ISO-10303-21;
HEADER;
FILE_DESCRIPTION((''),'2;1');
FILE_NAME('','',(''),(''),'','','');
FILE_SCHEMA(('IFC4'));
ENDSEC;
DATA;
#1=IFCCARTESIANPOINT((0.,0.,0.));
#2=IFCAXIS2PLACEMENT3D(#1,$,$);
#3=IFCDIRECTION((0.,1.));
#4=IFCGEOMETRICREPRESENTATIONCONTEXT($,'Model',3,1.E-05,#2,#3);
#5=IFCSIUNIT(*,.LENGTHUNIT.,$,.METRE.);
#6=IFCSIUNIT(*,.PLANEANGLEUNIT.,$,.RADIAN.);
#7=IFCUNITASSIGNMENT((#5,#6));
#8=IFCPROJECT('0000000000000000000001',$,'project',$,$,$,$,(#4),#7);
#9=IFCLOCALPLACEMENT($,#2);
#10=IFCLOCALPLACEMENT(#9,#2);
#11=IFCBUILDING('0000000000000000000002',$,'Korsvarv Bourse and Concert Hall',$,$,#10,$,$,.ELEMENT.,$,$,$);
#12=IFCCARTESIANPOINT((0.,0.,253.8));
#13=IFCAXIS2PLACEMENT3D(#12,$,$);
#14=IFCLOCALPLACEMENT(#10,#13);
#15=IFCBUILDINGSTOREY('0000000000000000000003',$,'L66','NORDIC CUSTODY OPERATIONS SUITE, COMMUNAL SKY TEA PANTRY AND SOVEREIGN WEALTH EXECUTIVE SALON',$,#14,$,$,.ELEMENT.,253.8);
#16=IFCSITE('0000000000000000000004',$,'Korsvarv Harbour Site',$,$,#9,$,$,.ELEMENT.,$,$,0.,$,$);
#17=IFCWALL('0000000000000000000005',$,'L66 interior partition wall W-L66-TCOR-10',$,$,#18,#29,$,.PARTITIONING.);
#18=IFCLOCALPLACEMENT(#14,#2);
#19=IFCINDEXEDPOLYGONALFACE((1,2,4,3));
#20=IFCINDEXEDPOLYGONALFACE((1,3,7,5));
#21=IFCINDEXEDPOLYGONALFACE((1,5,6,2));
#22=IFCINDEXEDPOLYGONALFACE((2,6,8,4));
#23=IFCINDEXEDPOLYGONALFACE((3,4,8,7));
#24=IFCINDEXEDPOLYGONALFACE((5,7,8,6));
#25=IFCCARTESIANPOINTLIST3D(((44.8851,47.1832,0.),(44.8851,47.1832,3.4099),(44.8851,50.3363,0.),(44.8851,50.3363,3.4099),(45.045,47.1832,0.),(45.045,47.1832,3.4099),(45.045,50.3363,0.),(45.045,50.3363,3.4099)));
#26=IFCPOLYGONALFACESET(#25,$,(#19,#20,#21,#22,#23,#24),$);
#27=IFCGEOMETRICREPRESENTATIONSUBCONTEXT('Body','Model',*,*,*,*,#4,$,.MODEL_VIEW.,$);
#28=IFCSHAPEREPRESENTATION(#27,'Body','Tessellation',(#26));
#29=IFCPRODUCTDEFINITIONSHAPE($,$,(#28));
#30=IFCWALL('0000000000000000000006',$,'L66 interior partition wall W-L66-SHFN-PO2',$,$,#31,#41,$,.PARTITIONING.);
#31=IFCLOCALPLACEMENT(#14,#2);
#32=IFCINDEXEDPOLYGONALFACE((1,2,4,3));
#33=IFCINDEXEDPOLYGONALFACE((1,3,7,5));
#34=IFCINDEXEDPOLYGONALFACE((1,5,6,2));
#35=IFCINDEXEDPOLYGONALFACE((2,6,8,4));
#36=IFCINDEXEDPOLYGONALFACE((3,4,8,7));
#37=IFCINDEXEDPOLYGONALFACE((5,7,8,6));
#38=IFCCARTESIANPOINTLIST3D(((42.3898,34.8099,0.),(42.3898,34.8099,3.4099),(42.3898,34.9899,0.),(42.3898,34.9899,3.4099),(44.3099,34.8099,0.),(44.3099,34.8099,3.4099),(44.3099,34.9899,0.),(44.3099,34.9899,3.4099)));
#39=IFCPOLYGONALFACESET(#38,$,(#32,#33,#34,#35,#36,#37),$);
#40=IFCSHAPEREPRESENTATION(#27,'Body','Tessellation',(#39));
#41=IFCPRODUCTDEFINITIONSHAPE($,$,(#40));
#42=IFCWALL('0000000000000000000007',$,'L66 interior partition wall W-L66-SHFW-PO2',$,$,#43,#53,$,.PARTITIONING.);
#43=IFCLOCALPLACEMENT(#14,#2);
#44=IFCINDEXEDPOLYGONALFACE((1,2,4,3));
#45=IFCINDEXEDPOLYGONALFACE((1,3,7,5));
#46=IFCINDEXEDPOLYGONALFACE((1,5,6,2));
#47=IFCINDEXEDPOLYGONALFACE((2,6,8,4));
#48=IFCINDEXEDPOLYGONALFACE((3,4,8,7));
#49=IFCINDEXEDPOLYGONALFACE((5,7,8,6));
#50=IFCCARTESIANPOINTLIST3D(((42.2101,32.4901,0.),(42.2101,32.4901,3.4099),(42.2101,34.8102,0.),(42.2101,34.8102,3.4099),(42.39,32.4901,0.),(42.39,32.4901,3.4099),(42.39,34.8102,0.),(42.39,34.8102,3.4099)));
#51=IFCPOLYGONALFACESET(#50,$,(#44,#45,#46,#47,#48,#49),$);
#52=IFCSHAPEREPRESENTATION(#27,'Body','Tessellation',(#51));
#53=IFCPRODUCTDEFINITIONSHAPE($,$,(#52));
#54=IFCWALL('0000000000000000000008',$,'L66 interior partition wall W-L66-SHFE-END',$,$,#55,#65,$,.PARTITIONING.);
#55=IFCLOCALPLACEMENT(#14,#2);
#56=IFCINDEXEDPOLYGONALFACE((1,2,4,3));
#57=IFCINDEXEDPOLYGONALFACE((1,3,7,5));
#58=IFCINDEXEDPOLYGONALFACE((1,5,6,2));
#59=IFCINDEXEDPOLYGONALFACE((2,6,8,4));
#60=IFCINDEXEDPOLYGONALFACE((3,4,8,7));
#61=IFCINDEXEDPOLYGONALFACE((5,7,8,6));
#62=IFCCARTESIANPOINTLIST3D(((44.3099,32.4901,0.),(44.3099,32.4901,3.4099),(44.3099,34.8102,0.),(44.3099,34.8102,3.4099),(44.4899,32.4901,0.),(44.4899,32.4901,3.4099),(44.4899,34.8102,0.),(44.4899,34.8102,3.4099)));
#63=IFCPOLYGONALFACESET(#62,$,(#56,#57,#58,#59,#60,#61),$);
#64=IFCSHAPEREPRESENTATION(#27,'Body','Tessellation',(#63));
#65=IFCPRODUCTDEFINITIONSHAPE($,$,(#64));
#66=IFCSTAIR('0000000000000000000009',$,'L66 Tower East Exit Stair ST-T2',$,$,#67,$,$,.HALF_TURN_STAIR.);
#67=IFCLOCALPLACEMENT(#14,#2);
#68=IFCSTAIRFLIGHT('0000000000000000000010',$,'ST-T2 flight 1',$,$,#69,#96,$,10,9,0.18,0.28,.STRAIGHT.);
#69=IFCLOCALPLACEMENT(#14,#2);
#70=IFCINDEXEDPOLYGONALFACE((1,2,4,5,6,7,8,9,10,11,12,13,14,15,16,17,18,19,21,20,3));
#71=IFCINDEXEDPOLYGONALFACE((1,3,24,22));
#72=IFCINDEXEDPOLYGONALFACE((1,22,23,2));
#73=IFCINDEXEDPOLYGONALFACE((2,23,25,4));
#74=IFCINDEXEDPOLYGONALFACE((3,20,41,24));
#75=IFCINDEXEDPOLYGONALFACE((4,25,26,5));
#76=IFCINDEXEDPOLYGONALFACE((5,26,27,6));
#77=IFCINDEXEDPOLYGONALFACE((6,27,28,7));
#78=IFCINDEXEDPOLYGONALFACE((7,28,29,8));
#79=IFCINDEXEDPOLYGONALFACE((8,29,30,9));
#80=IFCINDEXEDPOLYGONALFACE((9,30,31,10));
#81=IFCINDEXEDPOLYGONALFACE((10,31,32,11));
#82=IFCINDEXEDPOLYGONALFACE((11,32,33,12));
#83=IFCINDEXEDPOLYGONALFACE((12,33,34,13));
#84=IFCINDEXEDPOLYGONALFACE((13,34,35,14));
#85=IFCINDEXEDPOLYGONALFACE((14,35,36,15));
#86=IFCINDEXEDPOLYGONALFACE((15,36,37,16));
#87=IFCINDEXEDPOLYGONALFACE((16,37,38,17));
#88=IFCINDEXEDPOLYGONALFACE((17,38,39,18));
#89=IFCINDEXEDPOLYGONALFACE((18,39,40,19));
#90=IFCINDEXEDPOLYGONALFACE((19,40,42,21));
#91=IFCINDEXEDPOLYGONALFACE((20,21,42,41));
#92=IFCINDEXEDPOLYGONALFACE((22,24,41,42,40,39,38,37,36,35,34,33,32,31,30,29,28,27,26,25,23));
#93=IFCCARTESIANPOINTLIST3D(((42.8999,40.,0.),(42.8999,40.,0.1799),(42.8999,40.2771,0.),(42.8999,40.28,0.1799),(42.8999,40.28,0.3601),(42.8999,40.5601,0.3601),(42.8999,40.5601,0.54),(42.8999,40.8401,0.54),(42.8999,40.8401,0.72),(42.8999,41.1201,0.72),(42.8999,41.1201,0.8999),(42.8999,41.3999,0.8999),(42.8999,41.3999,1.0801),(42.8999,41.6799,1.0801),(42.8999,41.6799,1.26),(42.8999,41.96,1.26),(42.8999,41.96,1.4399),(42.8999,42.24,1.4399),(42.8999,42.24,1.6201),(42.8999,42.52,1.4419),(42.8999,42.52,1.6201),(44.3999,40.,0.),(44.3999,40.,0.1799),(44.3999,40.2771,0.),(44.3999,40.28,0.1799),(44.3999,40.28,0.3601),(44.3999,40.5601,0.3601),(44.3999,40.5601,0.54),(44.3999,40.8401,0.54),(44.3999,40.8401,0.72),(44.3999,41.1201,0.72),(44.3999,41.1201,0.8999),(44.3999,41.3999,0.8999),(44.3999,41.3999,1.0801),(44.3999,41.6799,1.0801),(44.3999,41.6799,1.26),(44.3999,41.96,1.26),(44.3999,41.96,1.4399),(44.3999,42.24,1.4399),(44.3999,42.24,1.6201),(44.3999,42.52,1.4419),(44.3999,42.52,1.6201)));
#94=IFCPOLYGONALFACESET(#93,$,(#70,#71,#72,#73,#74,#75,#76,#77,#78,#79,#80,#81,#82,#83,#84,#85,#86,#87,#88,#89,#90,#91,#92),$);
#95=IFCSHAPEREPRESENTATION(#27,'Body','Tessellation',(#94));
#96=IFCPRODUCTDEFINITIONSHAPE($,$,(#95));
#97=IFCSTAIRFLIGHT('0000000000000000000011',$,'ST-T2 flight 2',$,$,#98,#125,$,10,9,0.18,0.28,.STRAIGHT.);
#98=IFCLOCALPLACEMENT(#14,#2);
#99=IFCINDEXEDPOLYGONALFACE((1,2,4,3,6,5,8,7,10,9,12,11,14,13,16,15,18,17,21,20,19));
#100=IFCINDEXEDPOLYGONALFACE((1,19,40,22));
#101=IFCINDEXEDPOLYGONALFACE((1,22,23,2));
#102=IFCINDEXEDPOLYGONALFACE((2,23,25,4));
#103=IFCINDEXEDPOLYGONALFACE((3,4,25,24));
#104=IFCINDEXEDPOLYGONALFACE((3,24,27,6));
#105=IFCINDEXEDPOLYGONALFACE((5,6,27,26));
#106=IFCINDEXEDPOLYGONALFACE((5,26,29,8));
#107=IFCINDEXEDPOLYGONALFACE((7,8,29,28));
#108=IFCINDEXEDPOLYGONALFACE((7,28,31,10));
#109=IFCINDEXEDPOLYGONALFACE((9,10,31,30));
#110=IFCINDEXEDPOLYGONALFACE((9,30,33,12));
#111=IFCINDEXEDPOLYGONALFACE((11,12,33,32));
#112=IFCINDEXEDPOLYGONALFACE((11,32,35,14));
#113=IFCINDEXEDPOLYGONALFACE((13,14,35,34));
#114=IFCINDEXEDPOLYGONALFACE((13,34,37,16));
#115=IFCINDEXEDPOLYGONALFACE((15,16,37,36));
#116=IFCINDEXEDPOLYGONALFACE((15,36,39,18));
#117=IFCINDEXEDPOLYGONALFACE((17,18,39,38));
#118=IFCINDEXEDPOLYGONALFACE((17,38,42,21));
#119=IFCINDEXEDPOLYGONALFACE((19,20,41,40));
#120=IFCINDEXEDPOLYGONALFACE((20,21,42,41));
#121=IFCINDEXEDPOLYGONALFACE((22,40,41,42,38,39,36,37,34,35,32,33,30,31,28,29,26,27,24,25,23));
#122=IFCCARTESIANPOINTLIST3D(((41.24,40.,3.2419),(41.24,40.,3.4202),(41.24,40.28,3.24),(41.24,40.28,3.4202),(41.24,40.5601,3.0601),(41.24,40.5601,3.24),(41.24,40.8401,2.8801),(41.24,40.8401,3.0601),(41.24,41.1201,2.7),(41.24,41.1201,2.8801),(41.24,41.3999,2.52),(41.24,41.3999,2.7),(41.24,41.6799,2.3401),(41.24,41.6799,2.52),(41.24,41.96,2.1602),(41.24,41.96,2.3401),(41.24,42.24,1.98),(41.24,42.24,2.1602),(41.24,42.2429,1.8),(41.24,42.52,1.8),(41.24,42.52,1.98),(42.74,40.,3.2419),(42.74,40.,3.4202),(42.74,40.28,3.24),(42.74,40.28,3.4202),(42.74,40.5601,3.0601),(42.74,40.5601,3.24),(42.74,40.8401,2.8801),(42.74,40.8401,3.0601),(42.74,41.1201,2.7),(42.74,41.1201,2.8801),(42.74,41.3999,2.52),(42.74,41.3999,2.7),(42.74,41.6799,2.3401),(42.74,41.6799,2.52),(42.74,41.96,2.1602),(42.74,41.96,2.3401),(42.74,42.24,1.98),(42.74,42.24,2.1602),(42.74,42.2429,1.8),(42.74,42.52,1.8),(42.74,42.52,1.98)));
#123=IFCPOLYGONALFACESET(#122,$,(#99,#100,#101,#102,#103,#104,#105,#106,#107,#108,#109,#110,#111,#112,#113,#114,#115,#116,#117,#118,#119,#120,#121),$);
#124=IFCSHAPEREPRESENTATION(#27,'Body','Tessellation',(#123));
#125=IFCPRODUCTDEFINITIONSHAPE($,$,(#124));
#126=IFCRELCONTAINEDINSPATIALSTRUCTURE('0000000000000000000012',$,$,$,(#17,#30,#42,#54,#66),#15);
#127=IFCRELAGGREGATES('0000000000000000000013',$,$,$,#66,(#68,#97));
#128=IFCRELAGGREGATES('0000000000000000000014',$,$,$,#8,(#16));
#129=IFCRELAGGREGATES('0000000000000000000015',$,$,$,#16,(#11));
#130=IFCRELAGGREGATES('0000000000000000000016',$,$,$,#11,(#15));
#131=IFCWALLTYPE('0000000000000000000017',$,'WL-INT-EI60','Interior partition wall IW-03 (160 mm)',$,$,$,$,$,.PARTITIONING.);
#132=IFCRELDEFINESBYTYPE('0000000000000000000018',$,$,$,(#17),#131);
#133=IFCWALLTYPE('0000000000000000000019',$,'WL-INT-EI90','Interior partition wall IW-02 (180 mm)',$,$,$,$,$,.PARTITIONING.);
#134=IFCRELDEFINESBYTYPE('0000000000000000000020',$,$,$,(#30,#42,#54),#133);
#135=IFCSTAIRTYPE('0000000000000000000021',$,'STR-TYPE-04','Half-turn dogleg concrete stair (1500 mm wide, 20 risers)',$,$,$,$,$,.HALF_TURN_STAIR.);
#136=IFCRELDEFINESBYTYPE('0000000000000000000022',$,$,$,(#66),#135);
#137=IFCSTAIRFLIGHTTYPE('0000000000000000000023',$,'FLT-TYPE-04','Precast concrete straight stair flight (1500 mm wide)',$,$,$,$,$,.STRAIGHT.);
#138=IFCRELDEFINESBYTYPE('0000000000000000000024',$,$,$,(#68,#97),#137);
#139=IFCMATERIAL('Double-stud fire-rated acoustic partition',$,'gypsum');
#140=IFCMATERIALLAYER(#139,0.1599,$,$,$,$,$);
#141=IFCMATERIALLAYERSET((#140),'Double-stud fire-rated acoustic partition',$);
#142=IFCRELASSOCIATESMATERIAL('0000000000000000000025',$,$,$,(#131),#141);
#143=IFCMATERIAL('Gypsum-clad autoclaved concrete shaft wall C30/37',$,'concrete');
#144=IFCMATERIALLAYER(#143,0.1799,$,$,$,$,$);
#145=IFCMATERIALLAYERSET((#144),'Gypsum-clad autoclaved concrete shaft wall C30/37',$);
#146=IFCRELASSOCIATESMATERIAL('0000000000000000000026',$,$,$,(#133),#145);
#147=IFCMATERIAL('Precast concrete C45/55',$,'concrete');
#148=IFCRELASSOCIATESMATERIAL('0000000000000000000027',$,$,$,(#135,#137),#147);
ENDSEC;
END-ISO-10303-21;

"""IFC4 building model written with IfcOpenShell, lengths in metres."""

from ifc_helpers import new_model, si_unit, direction, frame, frame_2d, origin, place, context, subcontext, project, spatial, polyline, rectangle, outline, extrude, material, layer, layer_set, type_object, element, aggregate, save


model = new_model("IFC4")

# Units and contexts
model_context = context("Model", 3, precision=1e-05, world=origin(), true_north=direction((0.0, 1.0)))
body_context = subcontext(model_context, "Body", "Model", "MODEL_VIEW")
ifc_project = project(units=[si_unit("LENGTHUNIT", "METRE"), si_unit("PLANEANGLEUNIT", "RADIAN")], contexts=[model_context])

# Site, building, storey
site_placement = place(None, origin())
site = spatial("IfcSite", under=ifc_project, at=site_placement, Name="Korsvarv Harbour Site", CompositionType="ELEMENT", RefElevation=0.0)
building_placement = place(site_placement, origin())
building = spatial("IfcBuilding", under=site, at=building_placement, Name="Korsvarv Bourse and Concert Hall", CompositionType="ELEMENT")
storey_placement = place(building_placement, frame((0.0, 0.0, 253.8)))
storey = spatial("IfcBuildingStorey", under=building, at=storey_placement, Name="L66", Description="NORDIC CUSTODY OPERATIONS SUITE, COMMUNAL SKY TEA PANTRY AND SOVEREIGN WEALTH EXECUTIVE SALON", CompositionType="ELEMENT", Elevation=253.8)

# Shared definitions
ifc_material_1 = material(Name="Double-stud fire-rated acoustic partition", Category="gypsum")
ifc_layer_1 = layer(ifc_material_1, 0.1599)
ifc_layer_set_1 = layer_set([ifc_layer_1], Name="Double-stud fire-rated acoustic partition")
wall_type_1 = type_object("IfcWallType", Name="WL-INT-EI60", Description="Interior partition wall IW-03 (160 mm)", PredefinedType="PARTITIONING", material=ifc_layer_set_1)

# Walls
wall_1_placement = place(storey_placement, frame((44.9651, 47.1831, 0.0), z_axis=(0.0, 0.0, 1.0), x_axis=(0.0, 1.0, 0.0)))
element("IfcWall", 1, at=wall_1_placement, inside=storey, type_object=wall_type_1, Name="L66 interior partition wall W-L66-TCOR-10", PredefinedType="PARTITIONING", context=body_context, shape_type="SweptSolid", body=[
    extrude(rectangle(XDim=3.1531, YDim=0.1599, at=frame_2d((1.5767, 0.0))), origin(), (0.0, 0.0, 1.0), 3.4099),
])
ifc_material_2 = material(Name="Gypsum-clad autoclaved concrete shaft wall C30/37", Category="concrete")
ifc_layer_2 = layer(ifc_material_2, 0.1799)
ifc_layer_set_2 = layer_set([ifc_layer_2], Name="Gypsum-clad autoclaved concrete shaft wall C30/37")
wall_type_2 = type_object("IfcWallType", Name="WL-INT-EI90", Description="Interior partition wall IW-02 (180 mm)", PredefinedType="PARTITIONING", material=ifc_layer_set_2)
wall_2_placement = place(storey_placement, frame((42.3899, 34.8999, 0.0), z_axis=(0.0, 0.0, 1.0), x_axis=(1.0, 0.0, 0.0)))
element("IfcWall", 2, at=wall_2_placement, inside=storey, type_object=wall_type_2, Name="L66 interior partition wall W-L66-SHFN-PO2", PredefinedType="PARTITIONING", context=body_context, shape_type="SweptSolid", body=[
    extrude(rectangle(XDim=1.9202, YDim=0.1799, at=frame_2d((0.96, 0.0))), origin(), (0.0, 0.0, 1.0), 3.4099),
])
for number, where, z_axis, x_axis, name in (
    (3, (42.3, 32.49, 0.0), (0.0, 0.0, 1.0), (0.0, 1.0, 0.0), "L66 interior partition wall W-L66-SHFW-PO2"),
    (4, (44.3999, 32.49, 0.0), (0.0, 0.0, 1.0), (0.0, 1.0, 0.0), "L66 interior partition wall W-L66-SHFE-END"),
):
    element("IfcWall", number, at=place(storey_placement, frame(where, z_axis=z_axis, x_axis=x_axis)), inside=storey, type_object=wall_type_2, Name=name, PredefinedType="PARTITIONING", context=body_context, shape_type="SweptSolid", body=[
        extrude(rectangle(XDim=2.3201, YDim=0.1799, at=frame_2d((1.1602, 0.0))), origin(), (0.0, 0.0, 1.0), 3.4099),
    ])

# Stair, stair flights
ifc_material_3 = material(Name="Precast concrete C45/55", Category="concrete")
stair_type = type_object("IfcStairType", Name="STR-TYPE-04", Description="Half-turn dogleg concrete stair (1500 mm wide, 20 risers)", PredefinedType="HALF_TURN_STAIR", material=ifc_material_3)
stair_placement = place(storey_placement, origin())
stair = element("IfcStair", 5, at=stair_placement, inside=storey, type_object=stair_type, Name="L66 Tower East Exit Stair ST-T2", PredefinedType="HALF_TURN_STAIR")
stair_flight_type = type_object("IfcStairFlightType", Name="FLT-TYPE-04", Description="Precast concrete straight stair flight (1500 mm wide)", PredefinedType="STRAIGHT", material=ifc_material_3)
stair_flight_1_placement = place(storey_placement, frame((43.6499, 40.0, 0.0), z_axis=(0.0, 0.0, 1.0), x_axis=(0.0, 1.0, 0.0)))
stair_flight_1 = element("IfcStairFlight", 6, at=stair_flight_1_placement, type_object=stair_flight_type, Name="ST-T2 flight 1", NumberOfRisers=10, NumberOfTreads=9, PredefinedType="STRAIGHT", RiserHeight=0.18, TreadLength=0.28, context=body_context, shape_type="SweptSolid", body=[
    extrude(outline(polyline([(0.0, 0.0), (0.0, 0.1799), (0.28, 0.1799), (0.28, 0.3601), (0.5601, 0.3601), (0.5601, 0.54), (0.8401, 0.54), (0.8401, 0.72), (1.1201, 0.72), (1.1201, 0.8999), (1.3999, 0.8999), (1.3999, 1.0801), (1.6799, 1.0801), (1.6799, 1.26), (1.96, 1.26), (1.96, 1.4399), (2.24, 1.4399), (2.24, 1.6201), (2.52, 1.6201), (2.52, 1.8), (2.52, 1.4419), (0.2771, 0.0), (0.0, 0.0)])), frame((0.0, 0.75, 0.0), z_axis=(0.0, -1.0, 0.0), x_axis=(1.0, 0.0, 0.0)), (0.0, 0.0, 1.0), 1.5),
])
stair_flight_2_placement = place(storey_placement, frame((41.99, 42.52, 1.8), z_axis=(0.0, 0.0, 1.0), x_axis=(0.0, -1.0, 0.0)))
stair_flight_2 = element("IfcStairFlight", 7, at=stair_flight_2_placement, type_object=stair_flight_type, Name="ST-T2 flight 2", NumberOfRisers=10, NumberOfTreads=9, PredefinedType="STRAIGHT", RiserHeight=0.18, TreadLength=0.28, context=body_context, shape_type="SweptSolid", body=[
    extrude(outline(polyline([(0.0, 0.0), (0.0, 0.1799), (0.28, 0.1799), (0.28, 0.3601), (0.5601, 0.3601), (0.5601, 0.54), (0.8401, 0.54), (0.8401, 0.72), (1.1201, 0.72), (1.1201, 0.8999), (1.3999, 0.8999), (1.3999, 1.0801), (1.6799, 1.0801), (1.6799, 1.26), (1.96, 1.26), (1.96, 1.4399), (2.24, 1.4399), (2.24, 1.6201), (2.52, 1.6201), (2.52, 1.8), (2.52, 1.4419), (0.2771, 0.0), (0.0, 0.0)])), frame((0.0, 0.75, 0.0), z_axis=(0.0, -1.0, 0.0), x_axis=(1.0, 0.0, 0.0)), (0.0, 0.0, 1.0), 1.5),
])
aggregate(stair, [stair_flight_1, stair_flight_2])

save(model, "model.ifc")
